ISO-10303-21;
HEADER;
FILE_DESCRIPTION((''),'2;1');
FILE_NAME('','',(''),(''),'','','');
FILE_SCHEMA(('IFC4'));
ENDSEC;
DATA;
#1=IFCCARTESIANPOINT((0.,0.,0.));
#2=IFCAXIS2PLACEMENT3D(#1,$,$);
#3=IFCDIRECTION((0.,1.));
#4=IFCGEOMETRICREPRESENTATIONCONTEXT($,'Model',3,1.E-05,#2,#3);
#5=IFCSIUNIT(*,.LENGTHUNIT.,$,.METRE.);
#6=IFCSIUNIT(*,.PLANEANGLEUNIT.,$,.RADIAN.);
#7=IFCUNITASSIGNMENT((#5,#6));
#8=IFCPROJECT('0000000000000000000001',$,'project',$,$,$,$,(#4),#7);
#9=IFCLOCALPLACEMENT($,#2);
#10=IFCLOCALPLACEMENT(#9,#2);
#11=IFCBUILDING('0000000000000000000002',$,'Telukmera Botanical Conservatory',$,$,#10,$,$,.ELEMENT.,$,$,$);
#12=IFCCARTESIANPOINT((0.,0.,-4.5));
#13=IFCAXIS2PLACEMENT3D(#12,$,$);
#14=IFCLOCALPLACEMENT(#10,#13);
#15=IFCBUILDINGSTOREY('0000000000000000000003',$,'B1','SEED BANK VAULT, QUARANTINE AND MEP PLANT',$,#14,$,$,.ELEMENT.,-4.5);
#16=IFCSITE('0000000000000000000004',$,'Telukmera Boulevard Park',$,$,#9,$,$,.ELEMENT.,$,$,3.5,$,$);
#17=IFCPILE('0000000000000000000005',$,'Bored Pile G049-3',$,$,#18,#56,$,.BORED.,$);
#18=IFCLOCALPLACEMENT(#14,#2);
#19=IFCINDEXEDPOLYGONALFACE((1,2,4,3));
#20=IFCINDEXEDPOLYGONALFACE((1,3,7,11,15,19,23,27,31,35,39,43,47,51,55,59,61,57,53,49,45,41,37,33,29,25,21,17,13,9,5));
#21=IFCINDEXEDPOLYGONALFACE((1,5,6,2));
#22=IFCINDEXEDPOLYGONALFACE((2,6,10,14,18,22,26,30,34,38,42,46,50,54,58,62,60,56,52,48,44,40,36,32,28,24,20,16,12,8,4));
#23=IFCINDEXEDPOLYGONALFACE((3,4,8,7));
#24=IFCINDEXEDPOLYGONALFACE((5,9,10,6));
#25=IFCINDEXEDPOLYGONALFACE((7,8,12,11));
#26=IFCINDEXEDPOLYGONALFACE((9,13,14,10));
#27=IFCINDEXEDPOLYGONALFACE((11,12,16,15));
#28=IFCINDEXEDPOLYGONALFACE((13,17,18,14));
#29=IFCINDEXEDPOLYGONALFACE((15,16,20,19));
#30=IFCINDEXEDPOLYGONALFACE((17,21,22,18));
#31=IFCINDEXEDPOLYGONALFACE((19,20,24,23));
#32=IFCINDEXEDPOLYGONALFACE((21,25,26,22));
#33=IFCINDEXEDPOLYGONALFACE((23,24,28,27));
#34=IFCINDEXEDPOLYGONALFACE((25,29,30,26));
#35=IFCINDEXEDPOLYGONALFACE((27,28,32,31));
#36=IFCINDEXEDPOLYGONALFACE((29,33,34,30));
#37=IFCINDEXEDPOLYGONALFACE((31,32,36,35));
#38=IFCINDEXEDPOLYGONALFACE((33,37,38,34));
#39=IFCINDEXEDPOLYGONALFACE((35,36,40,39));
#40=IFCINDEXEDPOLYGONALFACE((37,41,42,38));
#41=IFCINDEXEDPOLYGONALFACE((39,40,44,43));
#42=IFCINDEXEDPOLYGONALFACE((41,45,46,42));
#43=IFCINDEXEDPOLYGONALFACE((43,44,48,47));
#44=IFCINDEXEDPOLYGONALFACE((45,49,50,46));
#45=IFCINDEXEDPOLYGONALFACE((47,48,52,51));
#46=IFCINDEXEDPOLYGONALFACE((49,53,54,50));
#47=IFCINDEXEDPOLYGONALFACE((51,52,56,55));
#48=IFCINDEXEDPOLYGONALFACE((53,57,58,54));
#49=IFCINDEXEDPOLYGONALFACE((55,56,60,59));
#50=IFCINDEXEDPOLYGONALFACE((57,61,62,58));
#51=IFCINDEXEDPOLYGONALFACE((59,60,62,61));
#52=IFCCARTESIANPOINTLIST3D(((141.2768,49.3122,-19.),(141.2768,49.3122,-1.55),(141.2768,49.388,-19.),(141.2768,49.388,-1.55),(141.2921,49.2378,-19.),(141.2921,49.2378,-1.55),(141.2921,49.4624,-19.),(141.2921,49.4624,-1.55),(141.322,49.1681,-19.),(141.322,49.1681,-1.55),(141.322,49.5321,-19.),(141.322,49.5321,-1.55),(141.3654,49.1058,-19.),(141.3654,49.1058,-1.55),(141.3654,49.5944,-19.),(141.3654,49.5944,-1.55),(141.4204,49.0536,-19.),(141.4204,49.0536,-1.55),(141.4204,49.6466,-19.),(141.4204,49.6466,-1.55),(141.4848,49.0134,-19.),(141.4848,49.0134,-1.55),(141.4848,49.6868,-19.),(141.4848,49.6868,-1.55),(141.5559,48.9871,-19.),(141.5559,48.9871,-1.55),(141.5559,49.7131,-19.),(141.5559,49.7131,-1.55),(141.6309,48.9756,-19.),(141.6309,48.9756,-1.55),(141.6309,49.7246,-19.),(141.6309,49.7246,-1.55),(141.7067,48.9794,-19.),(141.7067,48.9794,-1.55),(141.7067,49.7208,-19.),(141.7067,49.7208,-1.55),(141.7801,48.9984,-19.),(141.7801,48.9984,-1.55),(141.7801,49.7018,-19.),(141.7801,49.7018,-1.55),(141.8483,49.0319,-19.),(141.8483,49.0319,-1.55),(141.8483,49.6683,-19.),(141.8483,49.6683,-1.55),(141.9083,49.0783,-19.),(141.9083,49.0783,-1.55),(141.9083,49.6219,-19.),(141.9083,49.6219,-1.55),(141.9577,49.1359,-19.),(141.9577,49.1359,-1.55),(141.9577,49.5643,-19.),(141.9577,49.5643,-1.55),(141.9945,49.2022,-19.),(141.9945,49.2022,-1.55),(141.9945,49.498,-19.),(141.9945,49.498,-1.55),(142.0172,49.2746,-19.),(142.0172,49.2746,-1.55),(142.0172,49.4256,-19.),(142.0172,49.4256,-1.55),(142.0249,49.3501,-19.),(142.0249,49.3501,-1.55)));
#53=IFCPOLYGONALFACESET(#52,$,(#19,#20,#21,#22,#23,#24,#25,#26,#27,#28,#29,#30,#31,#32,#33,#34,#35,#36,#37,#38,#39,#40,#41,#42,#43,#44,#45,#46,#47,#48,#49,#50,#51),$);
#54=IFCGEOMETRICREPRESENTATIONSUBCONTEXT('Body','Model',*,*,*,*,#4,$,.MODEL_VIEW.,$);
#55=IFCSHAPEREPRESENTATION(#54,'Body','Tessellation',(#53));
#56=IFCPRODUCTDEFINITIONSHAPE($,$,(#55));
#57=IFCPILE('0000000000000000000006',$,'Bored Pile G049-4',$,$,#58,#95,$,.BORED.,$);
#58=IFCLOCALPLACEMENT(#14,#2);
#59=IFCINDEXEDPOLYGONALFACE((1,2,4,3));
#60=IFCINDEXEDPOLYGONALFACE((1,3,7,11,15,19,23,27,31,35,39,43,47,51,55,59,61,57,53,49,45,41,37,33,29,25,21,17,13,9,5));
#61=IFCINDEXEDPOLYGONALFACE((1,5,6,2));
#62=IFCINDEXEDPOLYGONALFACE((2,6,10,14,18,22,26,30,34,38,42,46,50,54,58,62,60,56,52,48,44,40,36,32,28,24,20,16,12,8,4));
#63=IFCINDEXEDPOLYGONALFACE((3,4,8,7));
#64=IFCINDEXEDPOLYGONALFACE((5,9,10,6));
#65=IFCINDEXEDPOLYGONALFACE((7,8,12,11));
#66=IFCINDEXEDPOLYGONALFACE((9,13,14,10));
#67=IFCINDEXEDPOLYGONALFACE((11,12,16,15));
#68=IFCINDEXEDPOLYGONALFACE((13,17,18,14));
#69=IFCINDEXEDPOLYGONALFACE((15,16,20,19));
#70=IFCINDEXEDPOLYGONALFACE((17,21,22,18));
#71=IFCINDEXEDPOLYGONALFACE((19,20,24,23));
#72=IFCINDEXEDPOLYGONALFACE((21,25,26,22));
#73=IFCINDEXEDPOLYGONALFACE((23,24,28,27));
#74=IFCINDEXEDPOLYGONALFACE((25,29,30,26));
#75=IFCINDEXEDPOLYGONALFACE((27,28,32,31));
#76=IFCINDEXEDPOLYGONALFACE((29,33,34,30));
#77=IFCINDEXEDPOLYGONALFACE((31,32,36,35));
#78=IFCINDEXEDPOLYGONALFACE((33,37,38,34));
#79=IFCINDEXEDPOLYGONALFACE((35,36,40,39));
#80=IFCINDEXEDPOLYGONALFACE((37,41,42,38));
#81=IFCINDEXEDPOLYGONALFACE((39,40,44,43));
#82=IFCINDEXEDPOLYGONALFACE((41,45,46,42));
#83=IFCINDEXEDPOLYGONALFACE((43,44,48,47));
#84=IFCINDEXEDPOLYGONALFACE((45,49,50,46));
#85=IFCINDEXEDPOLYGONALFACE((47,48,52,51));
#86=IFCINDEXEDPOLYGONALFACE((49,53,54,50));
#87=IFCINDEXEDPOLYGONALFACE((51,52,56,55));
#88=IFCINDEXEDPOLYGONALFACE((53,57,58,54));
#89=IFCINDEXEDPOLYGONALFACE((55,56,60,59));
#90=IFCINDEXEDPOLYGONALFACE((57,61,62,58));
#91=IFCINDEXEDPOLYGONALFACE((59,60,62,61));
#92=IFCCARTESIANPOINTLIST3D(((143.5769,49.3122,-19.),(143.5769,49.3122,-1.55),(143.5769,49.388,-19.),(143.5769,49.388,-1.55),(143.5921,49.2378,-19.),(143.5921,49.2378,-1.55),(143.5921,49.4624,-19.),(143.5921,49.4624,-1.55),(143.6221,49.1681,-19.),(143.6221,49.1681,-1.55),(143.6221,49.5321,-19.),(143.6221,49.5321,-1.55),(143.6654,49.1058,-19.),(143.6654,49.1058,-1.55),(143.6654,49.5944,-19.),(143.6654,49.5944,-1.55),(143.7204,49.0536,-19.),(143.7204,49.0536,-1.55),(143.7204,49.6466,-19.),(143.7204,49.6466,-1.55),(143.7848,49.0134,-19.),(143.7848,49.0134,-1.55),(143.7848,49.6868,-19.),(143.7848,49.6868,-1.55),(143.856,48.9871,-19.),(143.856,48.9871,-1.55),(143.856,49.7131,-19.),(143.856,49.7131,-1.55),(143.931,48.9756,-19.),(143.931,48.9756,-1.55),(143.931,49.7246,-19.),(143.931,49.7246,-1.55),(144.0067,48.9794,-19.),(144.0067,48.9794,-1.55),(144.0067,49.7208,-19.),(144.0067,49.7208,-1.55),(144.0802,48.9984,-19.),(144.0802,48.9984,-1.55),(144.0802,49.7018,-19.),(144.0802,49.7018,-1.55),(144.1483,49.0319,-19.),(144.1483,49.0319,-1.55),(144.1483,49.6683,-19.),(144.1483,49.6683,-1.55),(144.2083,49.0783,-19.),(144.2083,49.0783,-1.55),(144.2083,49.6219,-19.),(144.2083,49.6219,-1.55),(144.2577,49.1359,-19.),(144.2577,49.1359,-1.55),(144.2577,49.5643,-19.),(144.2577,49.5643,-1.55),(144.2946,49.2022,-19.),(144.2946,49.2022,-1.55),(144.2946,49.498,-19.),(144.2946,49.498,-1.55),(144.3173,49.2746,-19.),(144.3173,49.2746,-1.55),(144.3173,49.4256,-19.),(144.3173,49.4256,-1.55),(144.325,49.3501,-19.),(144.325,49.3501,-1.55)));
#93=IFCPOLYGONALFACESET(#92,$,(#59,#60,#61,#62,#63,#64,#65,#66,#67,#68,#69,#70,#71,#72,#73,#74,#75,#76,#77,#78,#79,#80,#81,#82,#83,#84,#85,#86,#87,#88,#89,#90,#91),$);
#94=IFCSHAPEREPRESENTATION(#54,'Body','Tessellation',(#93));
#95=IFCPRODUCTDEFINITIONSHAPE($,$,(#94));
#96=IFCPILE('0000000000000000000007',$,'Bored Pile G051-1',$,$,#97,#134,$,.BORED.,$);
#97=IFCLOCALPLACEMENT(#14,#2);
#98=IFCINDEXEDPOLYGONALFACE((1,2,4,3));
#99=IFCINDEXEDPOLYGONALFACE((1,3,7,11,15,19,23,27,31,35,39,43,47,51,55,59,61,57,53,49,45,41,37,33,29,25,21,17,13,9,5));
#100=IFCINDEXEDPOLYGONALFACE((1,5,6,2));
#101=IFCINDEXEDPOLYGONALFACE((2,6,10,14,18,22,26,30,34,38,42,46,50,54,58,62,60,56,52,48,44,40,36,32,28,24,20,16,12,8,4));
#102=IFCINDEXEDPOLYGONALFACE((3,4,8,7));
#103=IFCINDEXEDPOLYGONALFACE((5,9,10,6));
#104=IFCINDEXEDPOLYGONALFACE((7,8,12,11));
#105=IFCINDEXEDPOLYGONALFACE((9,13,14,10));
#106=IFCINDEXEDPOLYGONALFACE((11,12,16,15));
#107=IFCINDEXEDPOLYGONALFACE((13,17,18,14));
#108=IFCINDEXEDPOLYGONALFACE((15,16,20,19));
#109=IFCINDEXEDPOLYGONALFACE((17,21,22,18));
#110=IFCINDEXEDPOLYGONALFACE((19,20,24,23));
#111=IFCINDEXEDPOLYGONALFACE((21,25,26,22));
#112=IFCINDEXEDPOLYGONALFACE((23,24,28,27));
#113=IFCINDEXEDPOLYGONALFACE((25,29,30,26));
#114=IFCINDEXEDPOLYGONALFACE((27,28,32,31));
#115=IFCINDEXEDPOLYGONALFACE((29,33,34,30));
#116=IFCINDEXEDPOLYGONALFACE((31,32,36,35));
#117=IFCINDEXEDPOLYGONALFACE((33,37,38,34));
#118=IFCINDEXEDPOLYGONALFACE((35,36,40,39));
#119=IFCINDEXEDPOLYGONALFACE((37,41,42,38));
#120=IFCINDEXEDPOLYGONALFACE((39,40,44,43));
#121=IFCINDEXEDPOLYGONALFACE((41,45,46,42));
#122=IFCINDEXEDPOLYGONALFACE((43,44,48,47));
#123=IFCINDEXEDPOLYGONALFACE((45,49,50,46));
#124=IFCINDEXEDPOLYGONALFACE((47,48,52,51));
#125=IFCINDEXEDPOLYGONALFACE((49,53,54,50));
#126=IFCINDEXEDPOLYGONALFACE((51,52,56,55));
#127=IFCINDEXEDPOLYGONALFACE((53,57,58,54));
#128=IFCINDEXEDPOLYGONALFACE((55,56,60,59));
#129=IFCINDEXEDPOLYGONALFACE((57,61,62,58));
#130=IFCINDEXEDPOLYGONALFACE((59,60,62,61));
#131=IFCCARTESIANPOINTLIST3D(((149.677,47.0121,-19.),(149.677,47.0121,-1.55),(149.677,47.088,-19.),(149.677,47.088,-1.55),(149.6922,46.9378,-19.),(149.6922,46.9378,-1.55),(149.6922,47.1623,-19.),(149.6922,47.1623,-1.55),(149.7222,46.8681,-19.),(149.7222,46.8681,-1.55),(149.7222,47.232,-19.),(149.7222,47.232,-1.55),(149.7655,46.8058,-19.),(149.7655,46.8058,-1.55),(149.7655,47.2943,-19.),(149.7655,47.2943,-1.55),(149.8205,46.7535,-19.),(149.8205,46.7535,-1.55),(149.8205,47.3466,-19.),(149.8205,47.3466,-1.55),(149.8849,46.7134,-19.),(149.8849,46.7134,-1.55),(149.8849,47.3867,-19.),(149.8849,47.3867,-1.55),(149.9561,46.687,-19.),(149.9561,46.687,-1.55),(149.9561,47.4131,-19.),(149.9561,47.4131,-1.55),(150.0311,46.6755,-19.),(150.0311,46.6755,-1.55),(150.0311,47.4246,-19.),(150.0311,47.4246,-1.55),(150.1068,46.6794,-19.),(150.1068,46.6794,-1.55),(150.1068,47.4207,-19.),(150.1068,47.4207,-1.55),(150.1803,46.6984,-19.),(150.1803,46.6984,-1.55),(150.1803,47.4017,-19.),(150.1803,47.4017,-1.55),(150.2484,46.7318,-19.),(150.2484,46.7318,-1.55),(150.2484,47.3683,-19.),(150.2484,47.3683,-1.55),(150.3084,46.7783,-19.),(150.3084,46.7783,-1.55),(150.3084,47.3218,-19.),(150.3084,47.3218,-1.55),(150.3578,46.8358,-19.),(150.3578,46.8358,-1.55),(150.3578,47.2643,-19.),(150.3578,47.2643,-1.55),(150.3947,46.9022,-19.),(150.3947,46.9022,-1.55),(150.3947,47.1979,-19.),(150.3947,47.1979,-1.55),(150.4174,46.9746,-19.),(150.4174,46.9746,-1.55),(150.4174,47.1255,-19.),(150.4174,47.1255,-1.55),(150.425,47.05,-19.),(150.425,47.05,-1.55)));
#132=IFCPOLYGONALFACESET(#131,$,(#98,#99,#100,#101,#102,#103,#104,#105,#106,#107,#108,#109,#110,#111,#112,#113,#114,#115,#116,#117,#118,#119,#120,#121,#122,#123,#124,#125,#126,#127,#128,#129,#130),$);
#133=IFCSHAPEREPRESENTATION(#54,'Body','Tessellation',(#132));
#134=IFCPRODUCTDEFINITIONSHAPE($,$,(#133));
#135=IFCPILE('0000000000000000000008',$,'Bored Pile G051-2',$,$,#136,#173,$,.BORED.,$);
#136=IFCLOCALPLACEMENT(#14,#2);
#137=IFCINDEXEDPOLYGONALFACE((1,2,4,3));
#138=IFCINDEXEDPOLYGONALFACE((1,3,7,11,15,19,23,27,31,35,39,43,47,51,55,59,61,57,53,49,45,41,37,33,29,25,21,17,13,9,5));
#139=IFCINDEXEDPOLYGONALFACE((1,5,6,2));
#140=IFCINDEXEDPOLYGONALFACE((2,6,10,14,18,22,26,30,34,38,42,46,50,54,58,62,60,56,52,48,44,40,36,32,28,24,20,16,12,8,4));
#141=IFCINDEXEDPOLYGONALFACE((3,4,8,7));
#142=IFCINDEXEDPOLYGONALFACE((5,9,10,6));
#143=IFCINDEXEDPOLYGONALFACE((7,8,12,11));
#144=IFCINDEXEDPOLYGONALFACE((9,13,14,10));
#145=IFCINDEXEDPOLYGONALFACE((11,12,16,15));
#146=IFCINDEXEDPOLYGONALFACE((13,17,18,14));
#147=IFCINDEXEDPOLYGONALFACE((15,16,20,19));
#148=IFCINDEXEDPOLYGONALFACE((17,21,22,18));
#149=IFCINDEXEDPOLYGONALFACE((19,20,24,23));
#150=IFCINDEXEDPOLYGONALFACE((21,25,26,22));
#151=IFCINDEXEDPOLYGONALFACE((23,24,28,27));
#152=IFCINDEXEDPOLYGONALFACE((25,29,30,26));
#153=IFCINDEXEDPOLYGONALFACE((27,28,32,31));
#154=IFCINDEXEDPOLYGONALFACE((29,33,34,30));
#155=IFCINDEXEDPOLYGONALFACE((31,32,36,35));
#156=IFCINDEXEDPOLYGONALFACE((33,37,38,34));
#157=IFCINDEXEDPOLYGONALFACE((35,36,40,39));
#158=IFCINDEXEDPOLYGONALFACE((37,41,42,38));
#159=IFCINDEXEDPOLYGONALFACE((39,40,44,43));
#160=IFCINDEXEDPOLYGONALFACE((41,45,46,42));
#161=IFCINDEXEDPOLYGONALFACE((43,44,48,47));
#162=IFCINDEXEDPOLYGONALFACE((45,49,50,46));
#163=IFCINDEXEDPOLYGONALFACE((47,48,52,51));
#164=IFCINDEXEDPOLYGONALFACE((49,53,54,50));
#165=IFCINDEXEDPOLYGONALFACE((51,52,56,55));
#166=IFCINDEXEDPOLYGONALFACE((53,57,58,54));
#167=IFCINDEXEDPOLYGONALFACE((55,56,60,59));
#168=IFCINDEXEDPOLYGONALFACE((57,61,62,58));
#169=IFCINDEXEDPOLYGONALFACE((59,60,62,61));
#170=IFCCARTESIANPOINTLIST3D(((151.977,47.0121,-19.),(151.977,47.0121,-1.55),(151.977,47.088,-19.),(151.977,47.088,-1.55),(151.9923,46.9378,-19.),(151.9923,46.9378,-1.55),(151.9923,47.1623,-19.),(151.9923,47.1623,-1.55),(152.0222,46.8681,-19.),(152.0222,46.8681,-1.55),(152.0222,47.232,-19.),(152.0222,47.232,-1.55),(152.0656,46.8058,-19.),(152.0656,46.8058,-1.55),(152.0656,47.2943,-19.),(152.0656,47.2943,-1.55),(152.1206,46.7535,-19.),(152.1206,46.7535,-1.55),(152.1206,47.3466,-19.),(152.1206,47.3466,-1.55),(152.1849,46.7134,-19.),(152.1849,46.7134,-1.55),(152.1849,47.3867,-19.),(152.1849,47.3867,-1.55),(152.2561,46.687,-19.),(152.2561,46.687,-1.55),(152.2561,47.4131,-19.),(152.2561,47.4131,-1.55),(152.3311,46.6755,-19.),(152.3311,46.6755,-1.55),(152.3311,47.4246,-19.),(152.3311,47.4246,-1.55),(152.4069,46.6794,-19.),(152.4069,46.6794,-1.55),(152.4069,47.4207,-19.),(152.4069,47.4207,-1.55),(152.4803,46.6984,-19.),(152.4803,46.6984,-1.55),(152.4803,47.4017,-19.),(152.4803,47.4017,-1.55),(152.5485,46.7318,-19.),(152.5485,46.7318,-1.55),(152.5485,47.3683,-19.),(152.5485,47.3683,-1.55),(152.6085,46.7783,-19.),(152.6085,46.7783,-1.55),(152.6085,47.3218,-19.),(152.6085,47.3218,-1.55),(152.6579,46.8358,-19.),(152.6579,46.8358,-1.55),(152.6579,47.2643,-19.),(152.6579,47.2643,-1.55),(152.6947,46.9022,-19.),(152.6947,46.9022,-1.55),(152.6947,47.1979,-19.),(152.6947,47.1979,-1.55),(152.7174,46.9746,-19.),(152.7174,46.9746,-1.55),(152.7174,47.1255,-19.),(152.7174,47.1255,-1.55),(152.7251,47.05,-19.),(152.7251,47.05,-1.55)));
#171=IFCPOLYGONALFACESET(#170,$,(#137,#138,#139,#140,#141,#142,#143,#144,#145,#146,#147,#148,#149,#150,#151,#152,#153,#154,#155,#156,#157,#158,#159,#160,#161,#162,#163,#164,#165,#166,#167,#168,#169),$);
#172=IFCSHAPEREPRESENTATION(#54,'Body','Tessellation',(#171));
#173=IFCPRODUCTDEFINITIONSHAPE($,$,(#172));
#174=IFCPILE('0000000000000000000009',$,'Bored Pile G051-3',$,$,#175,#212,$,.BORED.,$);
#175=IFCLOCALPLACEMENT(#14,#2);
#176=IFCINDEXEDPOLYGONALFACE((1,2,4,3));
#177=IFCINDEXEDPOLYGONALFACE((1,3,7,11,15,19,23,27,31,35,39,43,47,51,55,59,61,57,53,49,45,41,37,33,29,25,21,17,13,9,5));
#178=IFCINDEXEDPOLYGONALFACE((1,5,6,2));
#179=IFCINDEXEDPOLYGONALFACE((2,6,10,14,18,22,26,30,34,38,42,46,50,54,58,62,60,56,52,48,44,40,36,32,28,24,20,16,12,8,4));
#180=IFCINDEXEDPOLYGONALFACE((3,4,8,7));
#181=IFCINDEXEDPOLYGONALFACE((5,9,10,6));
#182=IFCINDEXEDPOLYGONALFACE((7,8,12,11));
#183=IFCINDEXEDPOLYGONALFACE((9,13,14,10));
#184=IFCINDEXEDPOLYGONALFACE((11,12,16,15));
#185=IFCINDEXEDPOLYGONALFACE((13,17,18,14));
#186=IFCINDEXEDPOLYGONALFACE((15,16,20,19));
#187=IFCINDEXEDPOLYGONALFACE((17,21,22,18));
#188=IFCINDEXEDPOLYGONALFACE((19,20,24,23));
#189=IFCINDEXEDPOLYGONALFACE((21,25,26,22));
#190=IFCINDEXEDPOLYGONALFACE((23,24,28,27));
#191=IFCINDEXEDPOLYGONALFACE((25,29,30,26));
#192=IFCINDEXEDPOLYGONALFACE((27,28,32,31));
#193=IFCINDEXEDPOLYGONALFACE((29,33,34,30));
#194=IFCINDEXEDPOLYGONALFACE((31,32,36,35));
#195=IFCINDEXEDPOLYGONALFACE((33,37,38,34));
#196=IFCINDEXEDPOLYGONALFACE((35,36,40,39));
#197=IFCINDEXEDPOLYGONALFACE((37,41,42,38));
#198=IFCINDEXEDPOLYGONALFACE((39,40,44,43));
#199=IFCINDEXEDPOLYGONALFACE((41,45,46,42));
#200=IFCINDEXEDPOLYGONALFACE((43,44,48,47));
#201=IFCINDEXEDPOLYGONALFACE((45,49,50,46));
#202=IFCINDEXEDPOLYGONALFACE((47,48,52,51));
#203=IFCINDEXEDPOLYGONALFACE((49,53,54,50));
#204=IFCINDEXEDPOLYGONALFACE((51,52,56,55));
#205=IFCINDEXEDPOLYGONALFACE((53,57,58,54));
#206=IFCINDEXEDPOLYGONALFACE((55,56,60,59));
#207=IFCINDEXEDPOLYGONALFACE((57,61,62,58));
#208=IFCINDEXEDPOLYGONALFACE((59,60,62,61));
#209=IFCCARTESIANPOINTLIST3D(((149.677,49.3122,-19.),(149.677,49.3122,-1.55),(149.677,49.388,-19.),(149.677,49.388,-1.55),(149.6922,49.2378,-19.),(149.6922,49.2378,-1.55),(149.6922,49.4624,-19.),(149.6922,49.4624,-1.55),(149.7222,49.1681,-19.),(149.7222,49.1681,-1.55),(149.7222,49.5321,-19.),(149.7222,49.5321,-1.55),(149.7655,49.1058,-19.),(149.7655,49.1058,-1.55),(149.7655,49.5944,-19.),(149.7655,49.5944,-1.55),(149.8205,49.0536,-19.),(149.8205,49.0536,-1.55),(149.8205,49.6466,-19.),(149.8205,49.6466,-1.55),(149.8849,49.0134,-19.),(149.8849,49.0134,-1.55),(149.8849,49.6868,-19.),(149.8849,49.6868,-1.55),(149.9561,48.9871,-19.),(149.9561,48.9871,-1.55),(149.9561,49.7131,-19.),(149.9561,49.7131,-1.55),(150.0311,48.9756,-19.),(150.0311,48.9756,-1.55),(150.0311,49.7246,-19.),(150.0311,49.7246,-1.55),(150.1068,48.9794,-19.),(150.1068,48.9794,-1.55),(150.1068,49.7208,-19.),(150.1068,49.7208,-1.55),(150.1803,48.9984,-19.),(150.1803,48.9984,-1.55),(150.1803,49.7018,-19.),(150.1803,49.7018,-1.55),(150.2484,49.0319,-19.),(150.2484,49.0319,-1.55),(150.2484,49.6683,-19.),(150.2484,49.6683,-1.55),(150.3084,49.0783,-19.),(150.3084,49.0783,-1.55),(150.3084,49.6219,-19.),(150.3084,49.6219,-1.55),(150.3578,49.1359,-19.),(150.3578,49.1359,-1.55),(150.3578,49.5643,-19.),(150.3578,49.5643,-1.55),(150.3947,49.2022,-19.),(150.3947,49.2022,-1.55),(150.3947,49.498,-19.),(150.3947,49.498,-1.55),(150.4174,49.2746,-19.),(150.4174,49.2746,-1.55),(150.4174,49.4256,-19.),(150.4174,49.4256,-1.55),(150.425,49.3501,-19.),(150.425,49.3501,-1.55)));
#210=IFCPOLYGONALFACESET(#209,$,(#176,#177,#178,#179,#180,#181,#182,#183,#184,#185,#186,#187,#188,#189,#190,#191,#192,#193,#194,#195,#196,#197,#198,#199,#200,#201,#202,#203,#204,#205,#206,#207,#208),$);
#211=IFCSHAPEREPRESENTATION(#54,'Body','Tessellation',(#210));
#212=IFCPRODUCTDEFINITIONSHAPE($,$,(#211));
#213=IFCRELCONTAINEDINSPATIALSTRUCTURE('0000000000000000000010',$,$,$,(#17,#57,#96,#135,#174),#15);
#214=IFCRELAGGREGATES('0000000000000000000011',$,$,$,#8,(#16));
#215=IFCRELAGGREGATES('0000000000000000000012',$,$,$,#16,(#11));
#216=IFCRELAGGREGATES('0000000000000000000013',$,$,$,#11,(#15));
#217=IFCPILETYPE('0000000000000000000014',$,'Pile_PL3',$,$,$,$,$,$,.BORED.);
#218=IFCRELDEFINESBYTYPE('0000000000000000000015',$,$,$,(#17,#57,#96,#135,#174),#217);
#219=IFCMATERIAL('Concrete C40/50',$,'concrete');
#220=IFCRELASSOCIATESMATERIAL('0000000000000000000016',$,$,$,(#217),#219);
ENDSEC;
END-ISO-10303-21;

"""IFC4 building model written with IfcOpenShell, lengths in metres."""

from ifc_helpers import new_model, si_unit, direction, frame, origin, origin_2d, place, context, subcontext, project, spatial, circle, extrude, material, material_profile, profile_set, type_object, element, save


model = new_model("IFC4")

# Units and contexts
model_context = context("Model", 3, precision=1e-05, world=origin(), true_north=direction((0.0, 1.0)))
body_context = subcontext(model_context, "Body", "Model", "MODEL_VIEW")
ifc_project = project(units=[si_unit("LENGTHUNIT", "METRE"), si_unit("PLANEANGLEUNIT", "RADIAN")], contexts=[model_context])

# Site, building, storey
site_placement = place(None, origin())
site = spatial("IfcSite", under=ifc_project, at=site_placement, Name="Telukmera Boulevard Park", CompositionType="ELEMENT", RefElevation=3.5)
building_placement = place(site_placement, origin())
building = spatial("IfcBuilding", under=site, at=building_placement, Name="Telukmera Botanical Conservatory", CompositionType="ELEMENT")
storey_placement = place(building_placement, frame((0.0, 0.0, -4.5)))
storey = spatial("IfcBuildingStorey", under=building, at=storey_placement, Name="B1", Description="SEED BANK VAULT, QUARANTINE AND MEP PLANT", CompositionType="ELEMENT", Elevation=-4.5)

# Shared definitions
ifc_material_1 = material(Name="Concrete C40/50", Category="concrete")

# Piles
ifc_material_profile_1 = material_profile(ifc_material_1, circle(Radius=0.375, at=origin_2d()), Name="PILE D750")
ifc_profile_set_1 = profile_set([ifc_material_profile_1], Name="Concrete C40/50")
pile_type = type_object("IfcPileType", Name="Pile_PL3", PredefinedType="BORED", material=ifc_profile_set_1)
for number, where, z_axis, x_axis, name in (
    (1, (141.6499, 49.3501, -1.55), (0.0, 0.0, -1.0), (1.0, 0.0, 0.0), "Bored Pile G049-3"),
    (2, (143.95, 49.3501, -1.55), (0.0, 0.0, -1.0), (1.0, 0.0, 0.0), "Bored Pile G049-4"),
    (3, (150.05, 47.05, -1.55), (0.0, 0.0, -1.0), (1.0, 0.0, 0.0), "Bored Pile G051-1"),
    (4, (152.3501, 47.05, -1.55), (0.0, 0.0, -1.0), (1.0, 0.0, 0.0), "Bored Pile G051-2"),
    (5, (150.05, 49.3501, -1.55), (0.0, 0.0, -1.0), (1.0, 0.0, 0.0), "Bored Pile G051-3"),
):
    element("IfcPile", number, at=place(storey_placement, frame(where, z_axis=z_axis, x_axis=x_axis)), inside=storey, type_object=pile_type, Name=name, PredefinedType="BORED", context=body_context, shape_type="SweptSolid", body=[
        extrude(circle(Radius=0.375, at=origin_2d()), origin(), (0.0, 0.0, 1.0), 17.45),
    ])

save(model, "model.ifc")
